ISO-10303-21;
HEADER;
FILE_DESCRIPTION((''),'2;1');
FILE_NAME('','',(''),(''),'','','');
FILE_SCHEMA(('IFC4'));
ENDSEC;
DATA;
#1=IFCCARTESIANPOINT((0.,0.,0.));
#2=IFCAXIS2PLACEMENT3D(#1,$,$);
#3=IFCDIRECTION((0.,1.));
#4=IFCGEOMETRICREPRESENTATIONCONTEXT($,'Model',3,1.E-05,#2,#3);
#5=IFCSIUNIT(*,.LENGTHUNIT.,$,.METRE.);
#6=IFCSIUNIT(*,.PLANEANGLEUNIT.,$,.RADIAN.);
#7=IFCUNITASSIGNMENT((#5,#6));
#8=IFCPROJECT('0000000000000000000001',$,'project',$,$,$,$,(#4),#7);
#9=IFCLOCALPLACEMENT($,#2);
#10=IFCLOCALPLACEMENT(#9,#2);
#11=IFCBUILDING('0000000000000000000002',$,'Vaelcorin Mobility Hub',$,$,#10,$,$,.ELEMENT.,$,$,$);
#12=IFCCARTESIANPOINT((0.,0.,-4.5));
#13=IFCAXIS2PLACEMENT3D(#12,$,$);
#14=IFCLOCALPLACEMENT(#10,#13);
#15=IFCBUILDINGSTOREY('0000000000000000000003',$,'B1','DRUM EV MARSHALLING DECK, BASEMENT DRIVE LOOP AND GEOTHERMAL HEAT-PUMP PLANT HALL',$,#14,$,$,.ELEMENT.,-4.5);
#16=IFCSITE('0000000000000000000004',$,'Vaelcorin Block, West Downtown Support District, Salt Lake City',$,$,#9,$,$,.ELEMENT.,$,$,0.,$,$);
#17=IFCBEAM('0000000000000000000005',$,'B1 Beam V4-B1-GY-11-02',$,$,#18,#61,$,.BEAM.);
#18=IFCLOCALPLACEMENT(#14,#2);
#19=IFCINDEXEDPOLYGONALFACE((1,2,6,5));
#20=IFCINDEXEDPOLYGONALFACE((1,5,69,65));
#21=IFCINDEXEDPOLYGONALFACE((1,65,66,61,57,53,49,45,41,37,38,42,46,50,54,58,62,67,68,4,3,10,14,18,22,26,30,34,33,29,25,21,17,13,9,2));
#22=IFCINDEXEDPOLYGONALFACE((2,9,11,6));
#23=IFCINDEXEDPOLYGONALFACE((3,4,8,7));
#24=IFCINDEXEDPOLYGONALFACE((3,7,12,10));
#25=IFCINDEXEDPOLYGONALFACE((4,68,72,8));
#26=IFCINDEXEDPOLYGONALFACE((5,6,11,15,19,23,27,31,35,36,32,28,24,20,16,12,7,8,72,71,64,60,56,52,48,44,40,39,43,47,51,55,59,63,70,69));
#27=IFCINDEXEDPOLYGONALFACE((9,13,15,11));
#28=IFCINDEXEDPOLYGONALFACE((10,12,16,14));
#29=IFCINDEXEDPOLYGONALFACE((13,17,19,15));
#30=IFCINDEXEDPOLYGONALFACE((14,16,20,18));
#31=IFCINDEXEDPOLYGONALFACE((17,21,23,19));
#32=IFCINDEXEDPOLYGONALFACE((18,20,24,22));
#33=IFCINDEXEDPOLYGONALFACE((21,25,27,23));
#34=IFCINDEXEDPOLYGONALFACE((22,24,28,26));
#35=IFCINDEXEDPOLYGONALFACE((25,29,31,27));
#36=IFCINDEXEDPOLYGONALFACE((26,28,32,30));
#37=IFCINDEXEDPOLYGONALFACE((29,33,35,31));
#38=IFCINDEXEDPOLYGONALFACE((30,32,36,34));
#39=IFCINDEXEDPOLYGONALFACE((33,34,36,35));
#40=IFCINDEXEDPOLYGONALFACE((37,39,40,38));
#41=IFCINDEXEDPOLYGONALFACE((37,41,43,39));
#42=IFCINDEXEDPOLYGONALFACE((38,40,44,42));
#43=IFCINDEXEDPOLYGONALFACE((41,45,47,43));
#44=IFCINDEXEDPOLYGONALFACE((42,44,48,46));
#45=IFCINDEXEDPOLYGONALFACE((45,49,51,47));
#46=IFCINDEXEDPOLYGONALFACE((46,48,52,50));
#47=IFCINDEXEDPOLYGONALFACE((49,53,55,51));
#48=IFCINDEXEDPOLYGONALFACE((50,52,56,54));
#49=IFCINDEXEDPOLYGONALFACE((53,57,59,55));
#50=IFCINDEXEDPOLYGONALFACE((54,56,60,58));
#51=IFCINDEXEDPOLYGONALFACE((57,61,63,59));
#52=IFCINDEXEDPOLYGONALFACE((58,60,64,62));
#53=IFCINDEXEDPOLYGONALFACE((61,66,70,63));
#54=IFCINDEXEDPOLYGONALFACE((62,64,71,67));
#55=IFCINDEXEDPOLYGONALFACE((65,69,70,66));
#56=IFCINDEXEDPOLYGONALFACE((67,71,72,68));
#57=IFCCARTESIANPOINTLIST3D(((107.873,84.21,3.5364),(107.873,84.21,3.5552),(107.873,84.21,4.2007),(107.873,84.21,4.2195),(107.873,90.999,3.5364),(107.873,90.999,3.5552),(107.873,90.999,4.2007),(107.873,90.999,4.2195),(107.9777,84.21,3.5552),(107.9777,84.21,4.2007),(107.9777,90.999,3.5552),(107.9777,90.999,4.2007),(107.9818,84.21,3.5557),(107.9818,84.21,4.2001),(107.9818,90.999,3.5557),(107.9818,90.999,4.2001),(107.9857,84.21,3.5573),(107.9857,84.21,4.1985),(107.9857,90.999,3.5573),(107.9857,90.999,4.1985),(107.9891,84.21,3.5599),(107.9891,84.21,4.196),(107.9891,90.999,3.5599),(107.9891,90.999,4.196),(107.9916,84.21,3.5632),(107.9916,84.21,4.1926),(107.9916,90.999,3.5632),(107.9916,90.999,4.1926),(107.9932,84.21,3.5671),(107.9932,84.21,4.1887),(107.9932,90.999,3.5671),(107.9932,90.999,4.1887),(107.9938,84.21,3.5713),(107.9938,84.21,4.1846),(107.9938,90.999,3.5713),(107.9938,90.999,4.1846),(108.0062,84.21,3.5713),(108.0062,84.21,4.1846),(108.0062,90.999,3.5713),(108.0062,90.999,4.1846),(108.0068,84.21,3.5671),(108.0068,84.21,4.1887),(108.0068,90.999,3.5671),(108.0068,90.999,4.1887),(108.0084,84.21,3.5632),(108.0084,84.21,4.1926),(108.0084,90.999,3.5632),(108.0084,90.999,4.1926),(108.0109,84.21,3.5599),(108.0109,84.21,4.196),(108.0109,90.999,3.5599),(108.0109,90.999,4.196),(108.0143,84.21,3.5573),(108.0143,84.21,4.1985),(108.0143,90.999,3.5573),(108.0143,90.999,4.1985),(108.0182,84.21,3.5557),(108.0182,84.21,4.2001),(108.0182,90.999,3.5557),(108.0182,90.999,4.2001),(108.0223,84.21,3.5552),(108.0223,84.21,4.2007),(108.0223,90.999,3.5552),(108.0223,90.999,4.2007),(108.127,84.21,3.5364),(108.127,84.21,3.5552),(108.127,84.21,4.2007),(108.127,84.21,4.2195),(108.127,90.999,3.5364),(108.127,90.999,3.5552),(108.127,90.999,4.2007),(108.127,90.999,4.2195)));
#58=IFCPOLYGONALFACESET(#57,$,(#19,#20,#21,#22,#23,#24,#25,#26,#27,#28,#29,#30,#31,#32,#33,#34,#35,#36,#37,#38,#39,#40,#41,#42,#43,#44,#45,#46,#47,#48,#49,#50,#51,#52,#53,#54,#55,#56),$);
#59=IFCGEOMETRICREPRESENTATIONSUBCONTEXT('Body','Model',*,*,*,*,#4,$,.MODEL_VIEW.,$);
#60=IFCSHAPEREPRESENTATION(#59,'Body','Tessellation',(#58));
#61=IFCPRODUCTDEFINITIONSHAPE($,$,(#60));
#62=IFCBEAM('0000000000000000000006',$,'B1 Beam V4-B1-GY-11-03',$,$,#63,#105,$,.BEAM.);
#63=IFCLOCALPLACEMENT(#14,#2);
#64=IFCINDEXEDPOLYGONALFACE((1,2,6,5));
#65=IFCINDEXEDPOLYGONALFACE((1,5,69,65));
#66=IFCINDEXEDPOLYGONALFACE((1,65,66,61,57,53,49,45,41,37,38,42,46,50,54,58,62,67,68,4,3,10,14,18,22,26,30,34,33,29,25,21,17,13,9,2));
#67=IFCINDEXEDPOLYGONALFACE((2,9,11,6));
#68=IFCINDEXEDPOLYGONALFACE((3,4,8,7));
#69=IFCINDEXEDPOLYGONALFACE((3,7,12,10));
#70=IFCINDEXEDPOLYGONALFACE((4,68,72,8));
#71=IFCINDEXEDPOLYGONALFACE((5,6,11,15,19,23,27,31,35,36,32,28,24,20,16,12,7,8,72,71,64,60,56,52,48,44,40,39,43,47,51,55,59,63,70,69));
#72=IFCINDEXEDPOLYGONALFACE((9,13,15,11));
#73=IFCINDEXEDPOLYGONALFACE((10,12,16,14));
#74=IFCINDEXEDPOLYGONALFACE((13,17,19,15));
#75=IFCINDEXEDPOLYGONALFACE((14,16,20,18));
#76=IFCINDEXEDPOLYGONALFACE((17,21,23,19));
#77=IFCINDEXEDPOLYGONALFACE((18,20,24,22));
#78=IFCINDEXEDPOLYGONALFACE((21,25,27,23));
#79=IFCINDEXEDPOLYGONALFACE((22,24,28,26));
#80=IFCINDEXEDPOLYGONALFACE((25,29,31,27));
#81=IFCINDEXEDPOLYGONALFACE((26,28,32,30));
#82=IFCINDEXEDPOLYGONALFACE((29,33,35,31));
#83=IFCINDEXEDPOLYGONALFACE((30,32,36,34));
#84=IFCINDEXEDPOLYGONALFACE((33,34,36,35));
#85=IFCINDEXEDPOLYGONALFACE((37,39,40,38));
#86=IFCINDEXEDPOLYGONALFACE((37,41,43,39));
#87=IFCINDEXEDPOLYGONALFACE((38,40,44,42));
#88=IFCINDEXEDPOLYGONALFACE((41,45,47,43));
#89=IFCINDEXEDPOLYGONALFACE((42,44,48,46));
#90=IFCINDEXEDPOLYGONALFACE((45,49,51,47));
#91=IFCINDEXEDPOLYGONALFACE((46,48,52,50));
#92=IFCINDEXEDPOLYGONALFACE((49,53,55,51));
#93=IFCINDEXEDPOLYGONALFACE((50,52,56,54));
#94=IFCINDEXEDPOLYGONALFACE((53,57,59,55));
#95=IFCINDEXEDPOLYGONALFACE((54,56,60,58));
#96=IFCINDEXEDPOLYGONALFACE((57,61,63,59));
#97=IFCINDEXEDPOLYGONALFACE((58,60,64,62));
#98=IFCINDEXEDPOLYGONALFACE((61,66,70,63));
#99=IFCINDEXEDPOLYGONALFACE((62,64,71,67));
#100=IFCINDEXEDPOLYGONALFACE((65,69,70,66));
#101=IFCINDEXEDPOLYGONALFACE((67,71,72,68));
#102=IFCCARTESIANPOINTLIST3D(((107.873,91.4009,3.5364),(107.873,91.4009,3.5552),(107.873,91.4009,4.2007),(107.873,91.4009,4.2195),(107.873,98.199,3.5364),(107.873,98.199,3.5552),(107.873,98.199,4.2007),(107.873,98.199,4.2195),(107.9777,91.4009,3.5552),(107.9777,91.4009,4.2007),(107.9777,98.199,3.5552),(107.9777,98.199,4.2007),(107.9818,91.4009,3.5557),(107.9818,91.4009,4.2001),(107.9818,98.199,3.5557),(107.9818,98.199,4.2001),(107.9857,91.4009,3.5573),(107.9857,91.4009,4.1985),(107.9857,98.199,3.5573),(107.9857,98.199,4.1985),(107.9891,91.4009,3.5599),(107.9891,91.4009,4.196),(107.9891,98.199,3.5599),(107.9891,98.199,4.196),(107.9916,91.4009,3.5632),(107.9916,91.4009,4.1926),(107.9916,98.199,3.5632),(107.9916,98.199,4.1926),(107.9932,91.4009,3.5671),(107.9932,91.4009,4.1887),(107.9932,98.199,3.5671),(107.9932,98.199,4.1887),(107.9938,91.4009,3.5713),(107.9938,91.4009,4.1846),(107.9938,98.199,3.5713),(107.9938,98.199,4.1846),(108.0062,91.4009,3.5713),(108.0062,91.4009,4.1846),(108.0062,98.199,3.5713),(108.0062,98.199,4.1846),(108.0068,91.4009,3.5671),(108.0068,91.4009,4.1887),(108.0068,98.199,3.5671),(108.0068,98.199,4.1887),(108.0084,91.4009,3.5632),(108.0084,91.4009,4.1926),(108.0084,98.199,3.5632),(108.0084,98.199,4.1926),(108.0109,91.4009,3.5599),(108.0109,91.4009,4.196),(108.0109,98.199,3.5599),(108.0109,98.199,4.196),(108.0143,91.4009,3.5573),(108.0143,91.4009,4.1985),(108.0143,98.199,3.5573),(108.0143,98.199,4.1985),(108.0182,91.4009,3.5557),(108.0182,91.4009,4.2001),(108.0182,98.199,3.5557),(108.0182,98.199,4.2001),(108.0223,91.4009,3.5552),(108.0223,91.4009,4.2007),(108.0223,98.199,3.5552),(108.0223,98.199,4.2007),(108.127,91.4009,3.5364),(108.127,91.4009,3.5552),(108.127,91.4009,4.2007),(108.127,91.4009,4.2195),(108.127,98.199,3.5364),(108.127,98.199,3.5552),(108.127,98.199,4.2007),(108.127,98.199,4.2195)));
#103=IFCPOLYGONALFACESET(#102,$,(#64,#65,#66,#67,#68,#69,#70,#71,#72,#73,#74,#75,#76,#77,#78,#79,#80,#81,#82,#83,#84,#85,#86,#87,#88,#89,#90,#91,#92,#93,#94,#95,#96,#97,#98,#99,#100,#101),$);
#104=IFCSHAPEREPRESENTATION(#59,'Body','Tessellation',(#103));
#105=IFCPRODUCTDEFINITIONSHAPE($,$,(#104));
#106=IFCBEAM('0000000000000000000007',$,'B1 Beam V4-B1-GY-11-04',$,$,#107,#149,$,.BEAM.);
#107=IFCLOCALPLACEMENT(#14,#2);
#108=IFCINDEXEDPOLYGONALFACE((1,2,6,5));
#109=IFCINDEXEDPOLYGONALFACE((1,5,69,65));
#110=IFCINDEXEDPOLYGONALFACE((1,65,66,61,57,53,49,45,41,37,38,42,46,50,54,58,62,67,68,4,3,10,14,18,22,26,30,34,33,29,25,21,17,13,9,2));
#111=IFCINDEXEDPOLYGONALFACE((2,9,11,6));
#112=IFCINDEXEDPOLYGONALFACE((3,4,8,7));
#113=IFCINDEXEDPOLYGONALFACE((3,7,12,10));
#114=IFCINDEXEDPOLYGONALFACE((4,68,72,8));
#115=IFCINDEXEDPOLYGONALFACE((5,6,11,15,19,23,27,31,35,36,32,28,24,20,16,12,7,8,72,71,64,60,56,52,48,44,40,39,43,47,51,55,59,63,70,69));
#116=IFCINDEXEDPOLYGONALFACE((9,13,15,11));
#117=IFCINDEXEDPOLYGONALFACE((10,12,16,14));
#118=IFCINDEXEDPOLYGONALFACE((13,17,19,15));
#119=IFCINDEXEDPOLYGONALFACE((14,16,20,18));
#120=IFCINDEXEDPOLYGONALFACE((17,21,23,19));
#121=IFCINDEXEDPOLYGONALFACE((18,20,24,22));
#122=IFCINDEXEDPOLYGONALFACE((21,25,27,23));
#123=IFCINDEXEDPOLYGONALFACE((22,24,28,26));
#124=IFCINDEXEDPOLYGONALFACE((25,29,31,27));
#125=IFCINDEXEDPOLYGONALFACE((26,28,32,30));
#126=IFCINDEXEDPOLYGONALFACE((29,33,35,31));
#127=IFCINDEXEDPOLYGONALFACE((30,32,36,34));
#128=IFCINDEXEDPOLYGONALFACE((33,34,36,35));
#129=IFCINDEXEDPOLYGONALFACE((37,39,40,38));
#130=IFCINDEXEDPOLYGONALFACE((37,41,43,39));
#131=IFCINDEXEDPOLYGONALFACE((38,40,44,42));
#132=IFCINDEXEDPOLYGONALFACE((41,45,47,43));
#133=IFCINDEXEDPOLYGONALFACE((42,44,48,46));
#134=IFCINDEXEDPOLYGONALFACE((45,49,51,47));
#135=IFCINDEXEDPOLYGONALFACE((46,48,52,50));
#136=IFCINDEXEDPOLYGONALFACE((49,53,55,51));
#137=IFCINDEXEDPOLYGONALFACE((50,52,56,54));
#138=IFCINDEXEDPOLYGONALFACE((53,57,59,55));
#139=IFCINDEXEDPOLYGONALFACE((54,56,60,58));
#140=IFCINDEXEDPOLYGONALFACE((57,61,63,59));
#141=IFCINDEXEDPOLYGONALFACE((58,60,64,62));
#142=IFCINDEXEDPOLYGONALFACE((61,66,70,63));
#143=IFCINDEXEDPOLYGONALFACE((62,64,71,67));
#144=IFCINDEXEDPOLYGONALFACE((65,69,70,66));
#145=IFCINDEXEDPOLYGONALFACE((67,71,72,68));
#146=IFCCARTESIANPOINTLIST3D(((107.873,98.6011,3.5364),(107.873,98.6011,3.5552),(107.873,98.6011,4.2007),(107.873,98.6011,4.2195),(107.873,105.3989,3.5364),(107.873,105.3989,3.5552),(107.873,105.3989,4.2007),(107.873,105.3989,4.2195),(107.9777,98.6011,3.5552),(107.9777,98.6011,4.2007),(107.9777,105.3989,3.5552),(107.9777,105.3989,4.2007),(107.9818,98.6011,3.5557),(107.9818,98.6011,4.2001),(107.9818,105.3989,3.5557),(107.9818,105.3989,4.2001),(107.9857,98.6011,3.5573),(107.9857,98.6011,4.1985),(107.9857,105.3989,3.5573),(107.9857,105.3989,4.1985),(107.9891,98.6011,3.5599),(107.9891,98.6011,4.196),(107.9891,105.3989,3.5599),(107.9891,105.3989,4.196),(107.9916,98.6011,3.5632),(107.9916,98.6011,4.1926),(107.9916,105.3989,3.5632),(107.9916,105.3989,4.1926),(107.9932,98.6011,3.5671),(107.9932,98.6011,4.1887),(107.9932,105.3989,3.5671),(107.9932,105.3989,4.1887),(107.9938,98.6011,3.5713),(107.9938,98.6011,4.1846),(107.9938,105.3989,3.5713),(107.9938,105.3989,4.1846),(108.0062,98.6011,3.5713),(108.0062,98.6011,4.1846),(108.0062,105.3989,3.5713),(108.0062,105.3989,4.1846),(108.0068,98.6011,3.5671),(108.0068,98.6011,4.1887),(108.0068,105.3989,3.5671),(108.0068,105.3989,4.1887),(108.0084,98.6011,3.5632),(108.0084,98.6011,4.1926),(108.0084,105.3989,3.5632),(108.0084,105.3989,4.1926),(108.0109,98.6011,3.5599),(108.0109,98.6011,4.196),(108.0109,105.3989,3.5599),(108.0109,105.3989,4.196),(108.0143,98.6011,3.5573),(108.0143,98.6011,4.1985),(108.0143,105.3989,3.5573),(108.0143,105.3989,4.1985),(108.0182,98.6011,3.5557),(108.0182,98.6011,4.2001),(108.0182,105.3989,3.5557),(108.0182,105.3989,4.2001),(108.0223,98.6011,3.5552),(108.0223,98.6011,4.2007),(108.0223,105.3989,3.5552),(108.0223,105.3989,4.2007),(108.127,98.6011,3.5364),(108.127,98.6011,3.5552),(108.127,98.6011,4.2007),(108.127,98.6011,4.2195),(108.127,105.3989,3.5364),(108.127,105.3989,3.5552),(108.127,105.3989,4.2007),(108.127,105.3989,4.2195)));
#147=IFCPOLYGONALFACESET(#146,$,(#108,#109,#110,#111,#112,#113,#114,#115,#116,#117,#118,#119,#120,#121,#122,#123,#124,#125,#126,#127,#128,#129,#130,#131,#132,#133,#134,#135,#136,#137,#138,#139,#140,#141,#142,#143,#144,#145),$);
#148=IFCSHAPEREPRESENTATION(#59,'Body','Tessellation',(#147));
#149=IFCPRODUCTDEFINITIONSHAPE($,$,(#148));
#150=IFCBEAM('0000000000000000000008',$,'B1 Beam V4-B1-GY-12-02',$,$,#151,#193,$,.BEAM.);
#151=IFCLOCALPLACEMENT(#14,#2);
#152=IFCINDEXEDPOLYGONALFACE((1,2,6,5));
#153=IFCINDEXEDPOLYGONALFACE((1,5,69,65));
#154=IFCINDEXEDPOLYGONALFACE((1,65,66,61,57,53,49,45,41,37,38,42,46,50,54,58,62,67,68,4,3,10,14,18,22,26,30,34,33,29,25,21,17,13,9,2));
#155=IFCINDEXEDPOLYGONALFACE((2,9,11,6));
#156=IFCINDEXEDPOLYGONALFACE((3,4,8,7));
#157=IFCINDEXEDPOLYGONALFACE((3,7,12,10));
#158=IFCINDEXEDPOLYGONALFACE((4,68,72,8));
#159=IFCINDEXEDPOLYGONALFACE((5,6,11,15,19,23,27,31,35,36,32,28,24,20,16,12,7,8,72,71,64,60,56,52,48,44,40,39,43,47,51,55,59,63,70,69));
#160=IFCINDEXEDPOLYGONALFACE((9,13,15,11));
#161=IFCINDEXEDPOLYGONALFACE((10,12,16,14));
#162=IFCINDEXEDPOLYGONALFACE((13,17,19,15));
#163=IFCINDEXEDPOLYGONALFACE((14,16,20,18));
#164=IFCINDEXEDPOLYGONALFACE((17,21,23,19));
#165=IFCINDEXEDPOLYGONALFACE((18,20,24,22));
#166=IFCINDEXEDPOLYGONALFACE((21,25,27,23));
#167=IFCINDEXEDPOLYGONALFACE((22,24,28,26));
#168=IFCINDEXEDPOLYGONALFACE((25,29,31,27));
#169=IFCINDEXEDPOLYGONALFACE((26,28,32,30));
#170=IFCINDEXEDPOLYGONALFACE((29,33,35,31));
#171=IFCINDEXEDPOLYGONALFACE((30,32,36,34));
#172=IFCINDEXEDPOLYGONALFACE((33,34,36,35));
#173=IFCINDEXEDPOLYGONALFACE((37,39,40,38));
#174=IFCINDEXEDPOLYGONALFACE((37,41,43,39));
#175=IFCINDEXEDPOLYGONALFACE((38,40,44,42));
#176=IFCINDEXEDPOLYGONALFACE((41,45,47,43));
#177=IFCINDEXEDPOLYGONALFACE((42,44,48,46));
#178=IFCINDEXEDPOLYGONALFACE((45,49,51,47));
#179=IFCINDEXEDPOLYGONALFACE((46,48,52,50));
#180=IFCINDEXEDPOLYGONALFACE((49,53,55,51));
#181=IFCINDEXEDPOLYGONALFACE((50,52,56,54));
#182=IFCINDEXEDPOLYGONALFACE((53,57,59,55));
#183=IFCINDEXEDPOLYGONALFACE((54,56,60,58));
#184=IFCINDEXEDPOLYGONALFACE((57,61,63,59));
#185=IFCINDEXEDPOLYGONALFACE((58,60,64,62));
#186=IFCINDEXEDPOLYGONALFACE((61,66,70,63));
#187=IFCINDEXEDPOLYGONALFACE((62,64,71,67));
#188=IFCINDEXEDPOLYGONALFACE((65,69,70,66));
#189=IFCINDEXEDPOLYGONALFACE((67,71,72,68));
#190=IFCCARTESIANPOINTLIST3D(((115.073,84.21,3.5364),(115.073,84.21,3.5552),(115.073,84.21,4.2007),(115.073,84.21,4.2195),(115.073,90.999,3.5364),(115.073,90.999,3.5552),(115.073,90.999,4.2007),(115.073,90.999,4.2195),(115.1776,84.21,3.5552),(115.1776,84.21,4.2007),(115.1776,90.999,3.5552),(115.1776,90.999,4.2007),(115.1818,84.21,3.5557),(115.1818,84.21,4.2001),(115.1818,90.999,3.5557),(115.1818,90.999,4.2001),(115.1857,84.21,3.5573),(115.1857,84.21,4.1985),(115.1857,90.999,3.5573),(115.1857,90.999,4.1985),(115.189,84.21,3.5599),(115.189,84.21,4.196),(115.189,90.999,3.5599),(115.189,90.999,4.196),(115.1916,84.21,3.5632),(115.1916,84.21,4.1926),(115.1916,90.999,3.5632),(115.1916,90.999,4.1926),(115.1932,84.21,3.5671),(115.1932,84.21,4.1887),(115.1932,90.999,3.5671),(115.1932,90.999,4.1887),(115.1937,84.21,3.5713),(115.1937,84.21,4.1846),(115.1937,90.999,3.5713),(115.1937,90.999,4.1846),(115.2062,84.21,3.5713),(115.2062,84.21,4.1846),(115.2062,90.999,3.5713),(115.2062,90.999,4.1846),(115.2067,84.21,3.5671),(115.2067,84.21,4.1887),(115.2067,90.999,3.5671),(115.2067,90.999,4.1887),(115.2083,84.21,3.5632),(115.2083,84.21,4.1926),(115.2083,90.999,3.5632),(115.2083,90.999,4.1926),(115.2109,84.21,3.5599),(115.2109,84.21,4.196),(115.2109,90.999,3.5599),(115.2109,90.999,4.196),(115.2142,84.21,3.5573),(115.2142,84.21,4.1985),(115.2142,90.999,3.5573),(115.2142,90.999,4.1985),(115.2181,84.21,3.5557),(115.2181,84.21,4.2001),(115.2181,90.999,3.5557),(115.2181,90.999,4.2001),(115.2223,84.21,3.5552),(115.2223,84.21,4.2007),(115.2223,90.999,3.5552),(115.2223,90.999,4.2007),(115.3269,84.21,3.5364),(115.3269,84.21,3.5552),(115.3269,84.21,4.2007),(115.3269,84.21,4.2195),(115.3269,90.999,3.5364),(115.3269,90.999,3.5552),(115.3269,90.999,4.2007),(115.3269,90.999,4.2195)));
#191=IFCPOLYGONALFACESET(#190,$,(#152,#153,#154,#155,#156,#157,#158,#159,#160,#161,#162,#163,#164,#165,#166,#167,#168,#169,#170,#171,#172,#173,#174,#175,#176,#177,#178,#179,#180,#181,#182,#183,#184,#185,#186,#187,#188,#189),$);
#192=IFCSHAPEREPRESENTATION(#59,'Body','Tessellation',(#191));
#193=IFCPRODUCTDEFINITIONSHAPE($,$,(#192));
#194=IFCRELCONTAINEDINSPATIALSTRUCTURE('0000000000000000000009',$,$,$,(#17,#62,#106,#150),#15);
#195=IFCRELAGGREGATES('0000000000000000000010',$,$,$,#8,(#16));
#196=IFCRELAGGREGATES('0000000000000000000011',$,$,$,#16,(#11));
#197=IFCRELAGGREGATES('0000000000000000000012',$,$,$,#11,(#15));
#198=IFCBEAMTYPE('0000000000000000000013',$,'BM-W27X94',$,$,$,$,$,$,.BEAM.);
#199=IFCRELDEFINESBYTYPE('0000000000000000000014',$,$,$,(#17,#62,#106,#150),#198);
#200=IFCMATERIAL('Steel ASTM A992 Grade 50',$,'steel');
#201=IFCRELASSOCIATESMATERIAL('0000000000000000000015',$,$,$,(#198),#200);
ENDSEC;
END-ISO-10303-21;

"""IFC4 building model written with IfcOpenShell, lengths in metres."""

from ifc_helpers import new_model, si_unit, direction, frame, origin, origin_2d, place, context, subcontext, project, spatial, i_section, extrude, material, material_profile, profile_set, type_object, element, save


model = new_model("IFC4")

# Units and contexts
model_context = context("Model", 3, precision=1e-05, world=origin(), true_north=direction((0.0, 1.0)))
body_context = subcontext(model_context, "Body", "Model", "MODEL_VIEW")
ifc_project = project(units=[si_unit("LENGTHUNIT", "METRE"), si_unit("PLANEANGLEUNIT", "RADIAN")], contexts=[model_context])

# Site, building, storey
site_placement = place(None, origin())
site = spatial("IfcSite", under=ifc_project, at=site_placement, Name="Vaelcorin Block, West Downtown Support District, Salt Lake City", CompositionType="ELEMENT", RefElevation=0.0)
building_placement = place(site_placement, origin())
building = spatial("IfcBuilding", under=site, at=building_placement, Name="Vaelcorin Mobility Hub", CompositionType="ELEMENT")
storey_placement = place(building_placement, frame((0.0, 0.0, -4.5)))
storey = spatial("IfcBuildingStorey", under=building, at=storey_placement, Name="B1", Description="DRUM EV MARSHALLING DECK, BASEMENT DRIVE LOOP AND GEOTHERMAL HEAT-PUMP PLANT HALL", CompositionType="ELEMENT", Elevation=-4.5)

# Shared definitions
ifc_material_1 = material(Name="Steel ASTM A992 Grade 50", Category="steel")

# Beams
ifc_material_profile_1 = material_profile(ifc_material_1, i_section(OverallWidth=0.2539, OverallDepth=0.6831, WebThickness=0.0125, FlangeThickness=0.0188, FilletRadius=0.0161, at=origin_2d()), Name="W27X94")
ifc_profile_set_1 = profile_set([ifc_material_profile_1], Name="Steel ASTM A992 Grade 50")
beam_type_1 = type_object("IfcBeamType", Name="BM-W27X94", PredefinedType="BEAM", material=ifc_profile_set_1)
beam_1_placement = place(storey_placement, frame((108.0, 84.21, 3.8779), z_axis=(0.0, 1.0, 0.0), x_axis=(-1.0, 0.0, 0.0)))
element("IfcBeam", 1, at=beam_1_placement, inside=storey, type_object=beam_type_1, Name="B1 Beam V4-B1-GY-11-02", PredefinedType="BEAM", context=body_context, shape_type="SweptSolid", body=[
    extrude(i_section(OverallWidth=0.2539, OverallDepth=0.6831, WebThickness=0.0125, FlangeThickness=0.0188, FilletRadius=0.0161, at=origin_2d()), origin(), (0.0, 0.0, 1.0), 6.7891),
])
beam_2_placement = place(storey_placement, frame((108.0, 91.4009, 3.8779), z_axis=(0.0, 1.0, 0.0), x_axis=(-1.0, 0.0, 0.0)))
element("IfcBeam", 2, at=beam_2_placement, inside=storey, type_object=beam_type_1, Name="B1 Beam V4-B1-GY-11-03", PredefinedType="BEAM", context=body_context, shape_type="SweptSolid", body=[
    extrude(i_section(OverallWidth=0.2539, OverallDepth=0.6831, WebThickness=0.0125, FlangeThickness=0.0188, FilletRadius=0.0161, at=origin_2d()), origin(), (0.0, 0.0, 1.0), 6.7981),
])
beam_3_placement = place(storey_placement, frame((108.0, 98.6011, 3.8779), z_axis=(0.0, 1.0, 0.0), x_axis=(-1.0, 0.0, 0.0)))
element("IfcBeam", 3, at=beam_3_placement, inside=storey, type_object=beam_type_1, Name="B1 Beam V4-B1-GY-11-04", PredefinedType="BEAM", context=body_context, shape_type="SweptSolid", body=[
    extrude(i_section(OverallWidth=0.2539, OverallDepth=0.6831, WebThickness=0.0125, FlangeThickness=0.0188, FilletRadius=0.0161, at=origin_2d()), origin(), (0.0, 0.0, 1.0), 6.7979),
])
beam_4_placement = place(storey_placement, frame((115.2, 84.21, 3.8779), z_axis=(0.0, 1.0, 0.0), x_axis=(-1.0, 0.0, 0.0)))
element("IfcBeam", 4, at=beam_4_placement, inside=storey, type_object=beam_type_1, Name="B1 Beam V4-B1-GY-12-02", PredefinedType="BEAM", context=body_context, shape_type="SweptSolid", body=[
    extrude(i_section(OverallWidth=0.2539, OverallDepth=0.6831, WebThickness=0.0125, FlangeThickness=0.0188, FilletRadius=0.0161, at=origin_2d()), origin(), (0.0, 0.0, 1.0), 6.7891),
])

save(model, "model.ifc")
